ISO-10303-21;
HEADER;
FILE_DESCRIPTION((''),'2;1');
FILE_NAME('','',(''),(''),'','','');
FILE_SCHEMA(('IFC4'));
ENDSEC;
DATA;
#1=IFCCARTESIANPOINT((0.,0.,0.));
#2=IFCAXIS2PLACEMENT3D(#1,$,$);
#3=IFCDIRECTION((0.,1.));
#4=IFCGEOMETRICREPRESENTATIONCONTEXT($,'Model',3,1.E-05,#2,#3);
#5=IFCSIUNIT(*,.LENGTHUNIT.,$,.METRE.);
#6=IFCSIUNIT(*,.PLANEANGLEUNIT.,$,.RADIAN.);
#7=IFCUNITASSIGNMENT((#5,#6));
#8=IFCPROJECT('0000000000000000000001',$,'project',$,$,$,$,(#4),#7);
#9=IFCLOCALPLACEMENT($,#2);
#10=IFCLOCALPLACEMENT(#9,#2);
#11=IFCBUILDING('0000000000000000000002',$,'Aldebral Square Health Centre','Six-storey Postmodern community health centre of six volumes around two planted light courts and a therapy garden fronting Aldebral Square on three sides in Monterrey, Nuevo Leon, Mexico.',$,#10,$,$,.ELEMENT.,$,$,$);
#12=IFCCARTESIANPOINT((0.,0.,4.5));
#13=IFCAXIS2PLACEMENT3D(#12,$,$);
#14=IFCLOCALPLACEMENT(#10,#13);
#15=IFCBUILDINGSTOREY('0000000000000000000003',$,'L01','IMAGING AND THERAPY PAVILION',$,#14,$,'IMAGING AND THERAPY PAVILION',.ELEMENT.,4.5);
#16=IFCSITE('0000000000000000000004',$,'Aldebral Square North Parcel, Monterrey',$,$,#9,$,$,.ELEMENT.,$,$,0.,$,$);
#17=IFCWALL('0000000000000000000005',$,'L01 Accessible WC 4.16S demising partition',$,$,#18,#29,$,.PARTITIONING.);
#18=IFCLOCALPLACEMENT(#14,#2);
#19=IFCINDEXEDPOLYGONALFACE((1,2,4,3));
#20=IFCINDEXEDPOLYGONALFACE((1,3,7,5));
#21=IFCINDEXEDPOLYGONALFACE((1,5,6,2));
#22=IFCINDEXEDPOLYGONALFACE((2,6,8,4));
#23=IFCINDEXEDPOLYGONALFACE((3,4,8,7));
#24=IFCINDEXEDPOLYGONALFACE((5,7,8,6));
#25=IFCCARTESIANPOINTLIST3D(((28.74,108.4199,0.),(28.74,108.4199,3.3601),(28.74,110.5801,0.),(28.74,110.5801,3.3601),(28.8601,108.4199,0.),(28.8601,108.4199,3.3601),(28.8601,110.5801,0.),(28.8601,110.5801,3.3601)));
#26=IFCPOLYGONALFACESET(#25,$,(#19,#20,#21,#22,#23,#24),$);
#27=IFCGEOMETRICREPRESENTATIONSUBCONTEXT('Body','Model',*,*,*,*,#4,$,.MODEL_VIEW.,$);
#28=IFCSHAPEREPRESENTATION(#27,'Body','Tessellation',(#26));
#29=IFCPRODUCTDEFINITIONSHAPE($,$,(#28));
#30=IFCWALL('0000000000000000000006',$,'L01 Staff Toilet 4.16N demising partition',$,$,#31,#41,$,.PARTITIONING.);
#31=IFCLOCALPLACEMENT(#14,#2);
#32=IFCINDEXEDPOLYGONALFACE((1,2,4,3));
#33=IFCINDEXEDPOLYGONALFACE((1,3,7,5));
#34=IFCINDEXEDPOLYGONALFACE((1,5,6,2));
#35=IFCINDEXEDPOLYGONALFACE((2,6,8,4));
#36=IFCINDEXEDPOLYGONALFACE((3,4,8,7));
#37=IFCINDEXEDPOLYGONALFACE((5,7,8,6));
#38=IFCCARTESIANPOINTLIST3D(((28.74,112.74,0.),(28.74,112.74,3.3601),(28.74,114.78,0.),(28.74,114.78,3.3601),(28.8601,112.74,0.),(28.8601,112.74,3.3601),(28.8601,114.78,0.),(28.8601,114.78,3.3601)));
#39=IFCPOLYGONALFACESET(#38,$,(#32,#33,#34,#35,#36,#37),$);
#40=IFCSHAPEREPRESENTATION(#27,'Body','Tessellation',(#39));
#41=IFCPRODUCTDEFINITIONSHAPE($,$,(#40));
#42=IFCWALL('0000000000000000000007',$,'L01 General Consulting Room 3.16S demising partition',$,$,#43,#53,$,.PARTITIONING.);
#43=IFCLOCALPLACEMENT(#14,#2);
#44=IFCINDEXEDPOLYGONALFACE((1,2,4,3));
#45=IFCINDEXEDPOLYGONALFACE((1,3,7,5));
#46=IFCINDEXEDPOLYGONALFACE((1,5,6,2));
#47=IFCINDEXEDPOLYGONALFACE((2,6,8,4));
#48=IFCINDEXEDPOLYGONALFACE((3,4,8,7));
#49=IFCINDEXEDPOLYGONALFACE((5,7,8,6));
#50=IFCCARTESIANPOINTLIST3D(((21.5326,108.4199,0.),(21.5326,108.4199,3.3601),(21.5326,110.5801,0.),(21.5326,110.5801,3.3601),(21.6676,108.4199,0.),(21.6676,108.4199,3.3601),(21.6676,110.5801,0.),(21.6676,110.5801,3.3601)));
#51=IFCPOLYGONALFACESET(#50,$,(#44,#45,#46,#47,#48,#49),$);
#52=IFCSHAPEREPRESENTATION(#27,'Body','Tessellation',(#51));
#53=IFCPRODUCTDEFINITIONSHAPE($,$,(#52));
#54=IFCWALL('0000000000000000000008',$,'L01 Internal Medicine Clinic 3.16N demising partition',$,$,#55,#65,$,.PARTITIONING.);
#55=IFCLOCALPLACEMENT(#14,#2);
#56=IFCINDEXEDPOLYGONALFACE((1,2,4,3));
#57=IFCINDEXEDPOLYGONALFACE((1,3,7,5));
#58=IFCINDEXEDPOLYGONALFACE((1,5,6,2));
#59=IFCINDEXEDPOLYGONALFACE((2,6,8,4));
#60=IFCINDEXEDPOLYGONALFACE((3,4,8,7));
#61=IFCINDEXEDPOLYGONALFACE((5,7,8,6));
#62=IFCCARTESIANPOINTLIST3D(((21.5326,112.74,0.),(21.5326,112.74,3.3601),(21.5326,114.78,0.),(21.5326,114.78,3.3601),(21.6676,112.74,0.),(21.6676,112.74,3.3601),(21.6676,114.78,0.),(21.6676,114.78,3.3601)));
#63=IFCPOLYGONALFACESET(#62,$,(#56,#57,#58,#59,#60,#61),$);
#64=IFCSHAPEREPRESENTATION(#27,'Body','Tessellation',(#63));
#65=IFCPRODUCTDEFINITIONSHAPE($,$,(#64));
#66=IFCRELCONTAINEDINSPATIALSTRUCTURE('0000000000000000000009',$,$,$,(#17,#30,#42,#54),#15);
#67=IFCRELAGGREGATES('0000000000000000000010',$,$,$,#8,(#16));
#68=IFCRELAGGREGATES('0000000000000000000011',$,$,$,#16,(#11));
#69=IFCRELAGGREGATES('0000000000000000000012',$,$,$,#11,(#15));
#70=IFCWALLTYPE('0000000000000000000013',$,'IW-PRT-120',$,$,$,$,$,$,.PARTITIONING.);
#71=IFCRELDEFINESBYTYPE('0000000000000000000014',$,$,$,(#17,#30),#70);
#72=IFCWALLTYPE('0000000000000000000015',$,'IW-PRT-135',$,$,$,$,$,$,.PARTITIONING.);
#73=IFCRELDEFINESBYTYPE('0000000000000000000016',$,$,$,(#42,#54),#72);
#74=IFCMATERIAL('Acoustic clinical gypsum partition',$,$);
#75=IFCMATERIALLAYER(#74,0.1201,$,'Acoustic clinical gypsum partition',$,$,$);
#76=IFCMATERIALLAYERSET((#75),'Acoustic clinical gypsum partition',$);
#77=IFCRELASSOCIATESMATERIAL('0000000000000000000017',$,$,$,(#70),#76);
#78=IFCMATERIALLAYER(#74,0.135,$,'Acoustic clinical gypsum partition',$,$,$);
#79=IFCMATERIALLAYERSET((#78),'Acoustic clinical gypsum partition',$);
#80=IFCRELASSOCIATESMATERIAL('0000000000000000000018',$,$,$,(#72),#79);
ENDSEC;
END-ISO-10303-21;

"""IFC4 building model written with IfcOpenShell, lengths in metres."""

from ifc_helpers import new_model, si_unit, direction, frame, frame_2d, origin, place, context, subcontext, project, spatial, rectangle, extrude, material, layer, layer_set, type_object, element, save


model = new_model("IFC4")

# Units and contexts
model_context = context("Model", 3, precision=1e-05, world=origin(), true_north=direction((0.0, 1.0)))
body_context = subcontext(model_context, "Body", "Model", "MODEL_VIEW")
ifc_project = project(units=[si_unit("LENGTHUNIT", "METRE"), si_unit("PLANEANGLEUNIT", "RADIAN")], contexts=[model_context])

# Site, building, storey
site_placement = place(None, origin())
site = spatial("IfcSite", under=ifc_project, at=site_placement, Name="Aldebral Square North Parcel, Monterrey", CompositionType="ELEMENT", RefElevation=0.0)
building_placement = place(site_placement, origin())
building = spatial("IfcBuilding", under=site, at=building_placement, Name="Aldebral Square Health Centre", Description="Six-storey Postmodern community health centre of six volumes around two planted light courts and a therapy garden fronting Aldebral Square on three sides in Monterrey, Nuevo Leon, Mexico.", CompositionType="ELEMENT")
storey_placement = place(building_placement, frame((0.0, 0.0, 4.5)))
storey = spatial("IfcBuildingStorey", under=building, at=storey_placement, Name="L01", Description="IMAGING AND THERAPY PAVILION", LongName="IMAGING AND THERAPY PAVILION", CompositionType="ELEMENT", Elevation=4.5)

# Walls
ifc_material_1 = material(Name="Acoustic clinical gypsum partition")
ifc_layer_1 = layer(ifc_material_1, 0.1201, Name="Acoustic clinical gypsum partition")
ifc_layer_set_1 = layer_set([ifc_layer_1], Name="Acoustic clinical gypsum partition")
wall_type_1 = type_object("IfcWallType", Name="IW-PRT-120", PredefinedType="PARTITIONING", material=ifc_layer_set_1)
wall_1_placement = place(storey_placement, frame((28.8, 108.4199, 0.0), z_axis=(0.0, 0.0, 1.0), x_axis=(0.0, 1.0, 0.0)))
element("IfcWall", 1, at=wall_1_placement, inside=storey, type_object=wall_type_1, Name="L01 Accessible WC 4.16S demising partition", PredefinedType="PARTITIONING", context=body_context, shape_type="SweptSolid", body=[
    extrude(rectangle(XDim=2.1602, YDim=0.1201, at=frame_2d((1.0801, 0.0))), origin(), (0.0, 0.0, 1.0), 3.3601),
])
wall_2_placement = place(storey_placement, frame((28.8, 112.74, 0.0), z_axis=(0.0, 0.0, 1.0), x_axis=(0.0, 1.0, 0.0)))
element("IfcWall", 2, at=wall_2_placement, inside=storey, type_object=wall_type_1, Name="L01 Staff Toilet 4.16N demising partition", PredefinedType="PARTITIONING", context=body_context, shape_type="SweptSolid", body=[
    extrude(rectangle(XDim=2.04, YDim=0.1201, at=frame_2d((1.02, 0.0))), origin(), (0.0, 0.0, 1.0), 3.3601),
])
ifc_layer_2 = layer(ifc_material_1, 0.135, Name="Acoustic clinical gypsum partition")
ifc_layer_set_2 = layer_set([ifc_layer_2], Name="Acoustic clinical gypsum partition")
wall_type_2 = type_object("IfcWallType", Name="IW-PRT-135", PredefinedType="PARTITIONING", material=ifc_layer_set_2)
wall_3_placement = place(storey_placement, frame((21.6001, 108.4199, 0.0), z_axis=(0.0, 0.0, 1.0), x_axis=(0.0, 1.0, 0.0)))
element("IfcWall", 3, at=wall_3_placement, inside=storey, type_object=wall_type_2, Name="L01 General Consulting Room 3.16S demising partition", PredefinedType="PARTITIONING", context=body_context, shape_type="SweptSolid", body=[
    extrude(rectangle(XDim=2.1602, YDim=0.135, at=frame_2d((1.0801, 0.0))), origin(), (0.0, 0.0, 1.0), 3.3601),
])
wall_4_placement = place(storey_placement, frame((21.6001, 112.74, 0.0), z_axis=(0.0, 0.0, 1.0), x_axis=(0.0, 1.0, 0.0)))
element("IfcWall", 4, at=wall_4_placement, inside=storey, type_object=wall_type_2, Name="L01 Internal Medicine Clinic 3.16N demising partition", PredefinedType="PARTITIONING", context=body_context, shape_type="SweptSolid", body=[
    extrude(rectangle(XDim=2.04, YDim=0.135, at=frame_2d((1.02, 0.0))), origin(), (0.0, 0.0, 1.0), 3.3601),
])

save(model, "model.ifc")
